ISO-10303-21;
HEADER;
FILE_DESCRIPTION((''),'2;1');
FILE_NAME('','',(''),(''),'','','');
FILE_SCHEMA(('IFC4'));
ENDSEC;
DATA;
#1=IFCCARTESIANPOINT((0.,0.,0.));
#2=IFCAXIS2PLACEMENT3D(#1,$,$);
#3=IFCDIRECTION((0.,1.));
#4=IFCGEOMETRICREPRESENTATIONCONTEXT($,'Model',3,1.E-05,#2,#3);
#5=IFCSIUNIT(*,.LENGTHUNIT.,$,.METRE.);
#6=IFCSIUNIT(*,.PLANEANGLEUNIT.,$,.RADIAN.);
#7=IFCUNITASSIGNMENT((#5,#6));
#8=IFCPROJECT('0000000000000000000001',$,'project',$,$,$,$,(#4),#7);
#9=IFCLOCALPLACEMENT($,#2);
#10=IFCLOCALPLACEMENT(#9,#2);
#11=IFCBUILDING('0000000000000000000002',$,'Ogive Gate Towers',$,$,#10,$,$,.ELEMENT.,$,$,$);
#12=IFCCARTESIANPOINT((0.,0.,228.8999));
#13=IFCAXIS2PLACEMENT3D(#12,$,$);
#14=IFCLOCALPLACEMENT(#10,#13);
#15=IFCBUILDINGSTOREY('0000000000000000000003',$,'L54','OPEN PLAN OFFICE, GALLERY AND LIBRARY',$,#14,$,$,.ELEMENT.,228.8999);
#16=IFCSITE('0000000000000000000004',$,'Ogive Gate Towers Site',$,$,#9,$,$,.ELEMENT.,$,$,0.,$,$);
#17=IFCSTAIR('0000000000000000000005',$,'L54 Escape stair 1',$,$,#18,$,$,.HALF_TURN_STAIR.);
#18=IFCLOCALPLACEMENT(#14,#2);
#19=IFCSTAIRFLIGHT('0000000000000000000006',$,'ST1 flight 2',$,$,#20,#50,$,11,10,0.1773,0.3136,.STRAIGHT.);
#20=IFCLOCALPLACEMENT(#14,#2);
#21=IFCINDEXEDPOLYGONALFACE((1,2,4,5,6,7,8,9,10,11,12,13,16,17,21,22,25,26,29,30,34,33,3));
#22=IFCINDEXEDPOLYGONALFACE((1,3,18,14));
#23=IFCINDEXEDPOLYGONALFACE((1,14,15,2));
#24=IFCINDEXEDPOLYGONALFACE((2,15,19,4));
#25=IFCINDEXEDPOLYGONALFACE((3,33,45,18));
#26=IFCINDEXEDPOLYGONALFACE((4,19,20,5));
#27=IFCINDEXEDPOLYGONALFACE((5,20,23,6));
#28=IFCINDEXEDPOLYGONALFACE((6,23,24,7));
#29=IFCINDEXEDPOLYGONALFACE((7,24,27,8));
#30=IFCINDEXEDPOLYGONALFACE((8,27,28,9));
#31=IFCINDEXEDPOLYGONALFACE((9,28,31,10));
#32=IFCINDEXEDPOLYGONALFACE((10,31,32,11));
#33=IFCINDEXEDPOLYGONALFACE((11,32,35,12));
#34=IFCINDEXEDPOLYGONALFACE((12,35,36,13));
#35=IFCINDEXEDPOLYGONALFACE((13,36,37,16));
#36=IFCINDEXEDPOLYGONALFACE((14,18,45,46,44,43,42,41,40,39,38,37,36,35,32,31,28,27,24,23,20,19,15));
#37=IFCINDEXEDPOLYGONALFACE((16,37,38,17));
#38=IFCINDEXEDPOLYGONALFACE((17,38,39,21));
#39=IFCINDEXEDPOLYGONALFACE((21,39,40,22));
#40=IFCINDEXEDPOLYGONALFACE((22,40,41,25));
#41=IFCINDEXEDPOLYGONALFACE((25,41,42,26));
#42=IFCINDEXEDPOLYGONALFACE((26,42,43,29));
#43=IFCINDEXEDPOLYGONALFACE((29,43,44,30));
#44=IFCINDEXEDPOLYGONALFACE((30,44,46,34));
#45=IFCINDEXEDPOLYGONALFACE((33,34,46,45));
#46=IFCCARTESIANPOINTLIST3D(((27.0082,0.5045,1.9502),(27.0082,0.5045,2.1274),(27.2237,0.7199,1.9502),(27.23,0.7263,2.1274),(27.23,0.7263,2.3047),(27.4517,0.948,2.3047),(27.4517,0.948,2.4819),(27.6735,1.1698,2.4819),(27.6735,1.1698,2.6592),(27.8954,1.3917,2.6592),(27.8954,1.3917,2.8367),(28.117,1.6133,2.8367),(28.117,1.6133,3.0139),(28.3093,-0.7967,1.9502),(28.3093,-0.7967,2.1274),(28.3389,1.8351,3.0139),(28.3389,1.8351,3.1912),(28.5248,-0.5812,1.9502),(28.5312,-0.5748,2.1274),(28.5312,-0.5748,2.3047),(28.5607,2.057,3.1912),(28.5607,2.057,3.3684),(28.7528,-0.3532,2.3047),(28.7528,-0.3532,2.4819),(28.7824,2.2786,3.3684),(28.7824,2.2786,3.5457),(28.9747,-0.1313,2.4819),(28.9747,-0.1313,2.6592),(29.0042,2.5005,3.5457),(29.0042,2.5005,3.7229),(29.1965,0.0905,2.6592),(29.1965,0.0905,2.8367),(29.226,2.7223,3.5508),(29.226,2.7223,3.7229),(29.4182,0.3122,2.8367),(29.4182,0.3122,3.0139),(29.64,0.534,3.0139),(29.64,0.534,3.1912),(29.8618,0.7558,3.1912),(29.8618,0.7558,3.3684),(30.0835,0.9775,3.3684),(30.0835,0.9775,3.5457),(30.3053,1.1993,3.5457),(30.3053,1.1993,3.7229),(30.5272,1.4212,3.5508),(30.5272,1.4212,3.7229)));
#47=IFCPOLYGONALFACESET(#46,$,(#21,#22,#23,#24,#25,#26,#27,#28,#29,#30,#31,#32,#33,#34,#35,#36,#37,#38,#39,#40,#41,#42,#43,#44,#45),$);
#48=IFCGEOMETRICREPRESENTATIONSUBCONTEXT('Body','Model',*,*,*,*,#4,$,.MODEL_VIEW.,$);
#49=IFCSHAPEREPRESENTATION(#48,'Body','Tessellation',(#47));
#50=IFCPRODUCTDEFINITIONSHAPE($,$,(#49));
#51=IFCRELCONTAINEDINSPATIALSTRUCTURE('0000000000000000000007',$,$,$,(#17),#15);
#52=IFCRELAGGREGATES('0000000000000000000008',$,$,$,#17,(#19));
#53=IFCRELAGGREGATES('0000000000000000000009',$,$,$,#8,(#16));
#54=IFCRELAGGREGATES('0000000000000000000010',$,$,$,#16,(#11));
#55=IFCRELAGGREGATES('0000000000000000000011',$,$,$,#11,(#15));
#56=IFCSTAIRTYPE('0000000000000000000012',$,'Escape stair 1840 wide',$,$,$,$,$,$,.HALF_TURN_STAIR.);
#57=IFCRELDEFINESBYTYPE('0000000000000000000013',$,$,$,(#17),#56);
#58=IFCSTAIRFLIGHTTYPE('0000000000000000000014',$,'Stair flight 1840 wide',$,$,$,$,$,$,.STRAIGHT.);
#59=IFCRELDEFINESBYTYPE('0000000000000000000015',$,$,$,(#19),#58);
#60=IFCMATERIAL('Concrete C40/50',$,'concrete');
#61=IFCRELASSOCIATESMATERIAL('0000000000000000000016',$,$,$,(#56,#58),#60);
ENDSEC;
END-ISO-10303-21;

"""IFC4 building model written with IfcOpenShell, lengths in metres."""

from ifc_helpers import new_model, si_unit, direction, frame, origin, place, context, subcontext, project, spatial, polyline, outline, extrude, material, type_object, element, aggregate, save


model = new_model("IFC4")

# Units and contexts
model_context = context("Model", 3, precision=1e-05, world=origin(), true_north=direction((0.0, 1.0)))
body_context = subcontext(model_context, "Body", "Model", "MODEL_VIEW")
ifc_project = project(units=[si_unit("LENGTHUNIT", "METRE"), si_unit("PLANEANGLEUNIT", "RADIAN")], contexts=[model_context])

# Site, building, storey
site_placement = place(None, origin())
site = spatial("IfcSite", under=ifc_project, at=site_placement, Name="Ogive Gate Towers Site", CompositionType="ELEMENT", RefElevation=0.0)
building_placement = place(site_placement, origin())
building = spatial("IfcBuilding", under=site, at=building_placement, Name="Ogive Gate Towers", CompositionType="ELEMENT")
storey_placement = place(building_placement, frame((0.0, 0.0, 228.8999)))
storey = spatial("IfcBuildingStorey", under=building, at=storey_placement, Name="L54", Description="OPEN PLAN OFFICE, GALLERY AND LIBRARY", CompositionType="ELEMENT", Elevation=228.8999)

# Stair, stair flight
ifc_material_1 = material(Name="Concrete C40/50", Category="concrete")
stair_type = type_object("IfcStairType", Name="Escape stair 1840 wide", PredefinedType="HALF_TURN_STAIR", material=ifc_material_1)
stair_placement = place(storey_placement, origin())
stair = element("IfcStair", 1, at=stair_placement, inside=storey, type_object=stair_type, Name="L54 Escape stair 1", PredefinedType="HALF_TURN_STAIR")
stair_flight_type = type_object("IfcStairFlightType", Name="Stair flight 1840 wide", PredefinedType="STRAIGHT", material=ifc_material_1)
stair_flight_placement = place(storey_placement, frame((27.6587, -0.146, 1.9502), z_axis=(0.0, 0.0, 1.0), x_axis=(0.707107, 0.707107, 0.0)))
stair_flight = element("IfcStairFlight", 2, at=stair_flight_placement, type_object=stair_flight_type, Name="ST1 flight 2", NumberOfRisers=11, NumberOfTreads=10, PredefinedType="STRAIGHT", RiserHeight=0.1773, TreadLength=0.3136, context=body_context, shape_type="SweptSolid", body=[
    extrude(outline(polyline([(0.0, 0.0), (0.0, 0.1772), (0.3137, 0.1772), (0.3137, 0.3545), (0.6272, 0.3545), (0.6272, 0.5317), (0.9409, 0.5317), (0.9409, 0.709), (1.2546, 0.709), (1.2546, 0.8865), (1.5681, 0.8865), (1.5681, 1.0637), (1.8818, 1.0637), (1.8818, 1.241), (2.1956, 1.241), (2.1956, 1.4182), (2.509, 1.4182), (2.509, 1.5955), (2.8228, 1.5955), (2.8228, 1.7727), (3.1365, 1.7727), (3.1365, 1.95), (3.1365, 1.6006), (0.3047, 0.0), (0.0, 0.0)])), frame((0.0, 0.9199, 0.0), z_axis=(0.0, -1.0, 0.0), x_axis=(1.0, 0.0, 0.0)), (0.0, 0.0, 1.0), 1.8401),
])
aggregate(stair, [stair_flight])

save(model, "model.ifc")
